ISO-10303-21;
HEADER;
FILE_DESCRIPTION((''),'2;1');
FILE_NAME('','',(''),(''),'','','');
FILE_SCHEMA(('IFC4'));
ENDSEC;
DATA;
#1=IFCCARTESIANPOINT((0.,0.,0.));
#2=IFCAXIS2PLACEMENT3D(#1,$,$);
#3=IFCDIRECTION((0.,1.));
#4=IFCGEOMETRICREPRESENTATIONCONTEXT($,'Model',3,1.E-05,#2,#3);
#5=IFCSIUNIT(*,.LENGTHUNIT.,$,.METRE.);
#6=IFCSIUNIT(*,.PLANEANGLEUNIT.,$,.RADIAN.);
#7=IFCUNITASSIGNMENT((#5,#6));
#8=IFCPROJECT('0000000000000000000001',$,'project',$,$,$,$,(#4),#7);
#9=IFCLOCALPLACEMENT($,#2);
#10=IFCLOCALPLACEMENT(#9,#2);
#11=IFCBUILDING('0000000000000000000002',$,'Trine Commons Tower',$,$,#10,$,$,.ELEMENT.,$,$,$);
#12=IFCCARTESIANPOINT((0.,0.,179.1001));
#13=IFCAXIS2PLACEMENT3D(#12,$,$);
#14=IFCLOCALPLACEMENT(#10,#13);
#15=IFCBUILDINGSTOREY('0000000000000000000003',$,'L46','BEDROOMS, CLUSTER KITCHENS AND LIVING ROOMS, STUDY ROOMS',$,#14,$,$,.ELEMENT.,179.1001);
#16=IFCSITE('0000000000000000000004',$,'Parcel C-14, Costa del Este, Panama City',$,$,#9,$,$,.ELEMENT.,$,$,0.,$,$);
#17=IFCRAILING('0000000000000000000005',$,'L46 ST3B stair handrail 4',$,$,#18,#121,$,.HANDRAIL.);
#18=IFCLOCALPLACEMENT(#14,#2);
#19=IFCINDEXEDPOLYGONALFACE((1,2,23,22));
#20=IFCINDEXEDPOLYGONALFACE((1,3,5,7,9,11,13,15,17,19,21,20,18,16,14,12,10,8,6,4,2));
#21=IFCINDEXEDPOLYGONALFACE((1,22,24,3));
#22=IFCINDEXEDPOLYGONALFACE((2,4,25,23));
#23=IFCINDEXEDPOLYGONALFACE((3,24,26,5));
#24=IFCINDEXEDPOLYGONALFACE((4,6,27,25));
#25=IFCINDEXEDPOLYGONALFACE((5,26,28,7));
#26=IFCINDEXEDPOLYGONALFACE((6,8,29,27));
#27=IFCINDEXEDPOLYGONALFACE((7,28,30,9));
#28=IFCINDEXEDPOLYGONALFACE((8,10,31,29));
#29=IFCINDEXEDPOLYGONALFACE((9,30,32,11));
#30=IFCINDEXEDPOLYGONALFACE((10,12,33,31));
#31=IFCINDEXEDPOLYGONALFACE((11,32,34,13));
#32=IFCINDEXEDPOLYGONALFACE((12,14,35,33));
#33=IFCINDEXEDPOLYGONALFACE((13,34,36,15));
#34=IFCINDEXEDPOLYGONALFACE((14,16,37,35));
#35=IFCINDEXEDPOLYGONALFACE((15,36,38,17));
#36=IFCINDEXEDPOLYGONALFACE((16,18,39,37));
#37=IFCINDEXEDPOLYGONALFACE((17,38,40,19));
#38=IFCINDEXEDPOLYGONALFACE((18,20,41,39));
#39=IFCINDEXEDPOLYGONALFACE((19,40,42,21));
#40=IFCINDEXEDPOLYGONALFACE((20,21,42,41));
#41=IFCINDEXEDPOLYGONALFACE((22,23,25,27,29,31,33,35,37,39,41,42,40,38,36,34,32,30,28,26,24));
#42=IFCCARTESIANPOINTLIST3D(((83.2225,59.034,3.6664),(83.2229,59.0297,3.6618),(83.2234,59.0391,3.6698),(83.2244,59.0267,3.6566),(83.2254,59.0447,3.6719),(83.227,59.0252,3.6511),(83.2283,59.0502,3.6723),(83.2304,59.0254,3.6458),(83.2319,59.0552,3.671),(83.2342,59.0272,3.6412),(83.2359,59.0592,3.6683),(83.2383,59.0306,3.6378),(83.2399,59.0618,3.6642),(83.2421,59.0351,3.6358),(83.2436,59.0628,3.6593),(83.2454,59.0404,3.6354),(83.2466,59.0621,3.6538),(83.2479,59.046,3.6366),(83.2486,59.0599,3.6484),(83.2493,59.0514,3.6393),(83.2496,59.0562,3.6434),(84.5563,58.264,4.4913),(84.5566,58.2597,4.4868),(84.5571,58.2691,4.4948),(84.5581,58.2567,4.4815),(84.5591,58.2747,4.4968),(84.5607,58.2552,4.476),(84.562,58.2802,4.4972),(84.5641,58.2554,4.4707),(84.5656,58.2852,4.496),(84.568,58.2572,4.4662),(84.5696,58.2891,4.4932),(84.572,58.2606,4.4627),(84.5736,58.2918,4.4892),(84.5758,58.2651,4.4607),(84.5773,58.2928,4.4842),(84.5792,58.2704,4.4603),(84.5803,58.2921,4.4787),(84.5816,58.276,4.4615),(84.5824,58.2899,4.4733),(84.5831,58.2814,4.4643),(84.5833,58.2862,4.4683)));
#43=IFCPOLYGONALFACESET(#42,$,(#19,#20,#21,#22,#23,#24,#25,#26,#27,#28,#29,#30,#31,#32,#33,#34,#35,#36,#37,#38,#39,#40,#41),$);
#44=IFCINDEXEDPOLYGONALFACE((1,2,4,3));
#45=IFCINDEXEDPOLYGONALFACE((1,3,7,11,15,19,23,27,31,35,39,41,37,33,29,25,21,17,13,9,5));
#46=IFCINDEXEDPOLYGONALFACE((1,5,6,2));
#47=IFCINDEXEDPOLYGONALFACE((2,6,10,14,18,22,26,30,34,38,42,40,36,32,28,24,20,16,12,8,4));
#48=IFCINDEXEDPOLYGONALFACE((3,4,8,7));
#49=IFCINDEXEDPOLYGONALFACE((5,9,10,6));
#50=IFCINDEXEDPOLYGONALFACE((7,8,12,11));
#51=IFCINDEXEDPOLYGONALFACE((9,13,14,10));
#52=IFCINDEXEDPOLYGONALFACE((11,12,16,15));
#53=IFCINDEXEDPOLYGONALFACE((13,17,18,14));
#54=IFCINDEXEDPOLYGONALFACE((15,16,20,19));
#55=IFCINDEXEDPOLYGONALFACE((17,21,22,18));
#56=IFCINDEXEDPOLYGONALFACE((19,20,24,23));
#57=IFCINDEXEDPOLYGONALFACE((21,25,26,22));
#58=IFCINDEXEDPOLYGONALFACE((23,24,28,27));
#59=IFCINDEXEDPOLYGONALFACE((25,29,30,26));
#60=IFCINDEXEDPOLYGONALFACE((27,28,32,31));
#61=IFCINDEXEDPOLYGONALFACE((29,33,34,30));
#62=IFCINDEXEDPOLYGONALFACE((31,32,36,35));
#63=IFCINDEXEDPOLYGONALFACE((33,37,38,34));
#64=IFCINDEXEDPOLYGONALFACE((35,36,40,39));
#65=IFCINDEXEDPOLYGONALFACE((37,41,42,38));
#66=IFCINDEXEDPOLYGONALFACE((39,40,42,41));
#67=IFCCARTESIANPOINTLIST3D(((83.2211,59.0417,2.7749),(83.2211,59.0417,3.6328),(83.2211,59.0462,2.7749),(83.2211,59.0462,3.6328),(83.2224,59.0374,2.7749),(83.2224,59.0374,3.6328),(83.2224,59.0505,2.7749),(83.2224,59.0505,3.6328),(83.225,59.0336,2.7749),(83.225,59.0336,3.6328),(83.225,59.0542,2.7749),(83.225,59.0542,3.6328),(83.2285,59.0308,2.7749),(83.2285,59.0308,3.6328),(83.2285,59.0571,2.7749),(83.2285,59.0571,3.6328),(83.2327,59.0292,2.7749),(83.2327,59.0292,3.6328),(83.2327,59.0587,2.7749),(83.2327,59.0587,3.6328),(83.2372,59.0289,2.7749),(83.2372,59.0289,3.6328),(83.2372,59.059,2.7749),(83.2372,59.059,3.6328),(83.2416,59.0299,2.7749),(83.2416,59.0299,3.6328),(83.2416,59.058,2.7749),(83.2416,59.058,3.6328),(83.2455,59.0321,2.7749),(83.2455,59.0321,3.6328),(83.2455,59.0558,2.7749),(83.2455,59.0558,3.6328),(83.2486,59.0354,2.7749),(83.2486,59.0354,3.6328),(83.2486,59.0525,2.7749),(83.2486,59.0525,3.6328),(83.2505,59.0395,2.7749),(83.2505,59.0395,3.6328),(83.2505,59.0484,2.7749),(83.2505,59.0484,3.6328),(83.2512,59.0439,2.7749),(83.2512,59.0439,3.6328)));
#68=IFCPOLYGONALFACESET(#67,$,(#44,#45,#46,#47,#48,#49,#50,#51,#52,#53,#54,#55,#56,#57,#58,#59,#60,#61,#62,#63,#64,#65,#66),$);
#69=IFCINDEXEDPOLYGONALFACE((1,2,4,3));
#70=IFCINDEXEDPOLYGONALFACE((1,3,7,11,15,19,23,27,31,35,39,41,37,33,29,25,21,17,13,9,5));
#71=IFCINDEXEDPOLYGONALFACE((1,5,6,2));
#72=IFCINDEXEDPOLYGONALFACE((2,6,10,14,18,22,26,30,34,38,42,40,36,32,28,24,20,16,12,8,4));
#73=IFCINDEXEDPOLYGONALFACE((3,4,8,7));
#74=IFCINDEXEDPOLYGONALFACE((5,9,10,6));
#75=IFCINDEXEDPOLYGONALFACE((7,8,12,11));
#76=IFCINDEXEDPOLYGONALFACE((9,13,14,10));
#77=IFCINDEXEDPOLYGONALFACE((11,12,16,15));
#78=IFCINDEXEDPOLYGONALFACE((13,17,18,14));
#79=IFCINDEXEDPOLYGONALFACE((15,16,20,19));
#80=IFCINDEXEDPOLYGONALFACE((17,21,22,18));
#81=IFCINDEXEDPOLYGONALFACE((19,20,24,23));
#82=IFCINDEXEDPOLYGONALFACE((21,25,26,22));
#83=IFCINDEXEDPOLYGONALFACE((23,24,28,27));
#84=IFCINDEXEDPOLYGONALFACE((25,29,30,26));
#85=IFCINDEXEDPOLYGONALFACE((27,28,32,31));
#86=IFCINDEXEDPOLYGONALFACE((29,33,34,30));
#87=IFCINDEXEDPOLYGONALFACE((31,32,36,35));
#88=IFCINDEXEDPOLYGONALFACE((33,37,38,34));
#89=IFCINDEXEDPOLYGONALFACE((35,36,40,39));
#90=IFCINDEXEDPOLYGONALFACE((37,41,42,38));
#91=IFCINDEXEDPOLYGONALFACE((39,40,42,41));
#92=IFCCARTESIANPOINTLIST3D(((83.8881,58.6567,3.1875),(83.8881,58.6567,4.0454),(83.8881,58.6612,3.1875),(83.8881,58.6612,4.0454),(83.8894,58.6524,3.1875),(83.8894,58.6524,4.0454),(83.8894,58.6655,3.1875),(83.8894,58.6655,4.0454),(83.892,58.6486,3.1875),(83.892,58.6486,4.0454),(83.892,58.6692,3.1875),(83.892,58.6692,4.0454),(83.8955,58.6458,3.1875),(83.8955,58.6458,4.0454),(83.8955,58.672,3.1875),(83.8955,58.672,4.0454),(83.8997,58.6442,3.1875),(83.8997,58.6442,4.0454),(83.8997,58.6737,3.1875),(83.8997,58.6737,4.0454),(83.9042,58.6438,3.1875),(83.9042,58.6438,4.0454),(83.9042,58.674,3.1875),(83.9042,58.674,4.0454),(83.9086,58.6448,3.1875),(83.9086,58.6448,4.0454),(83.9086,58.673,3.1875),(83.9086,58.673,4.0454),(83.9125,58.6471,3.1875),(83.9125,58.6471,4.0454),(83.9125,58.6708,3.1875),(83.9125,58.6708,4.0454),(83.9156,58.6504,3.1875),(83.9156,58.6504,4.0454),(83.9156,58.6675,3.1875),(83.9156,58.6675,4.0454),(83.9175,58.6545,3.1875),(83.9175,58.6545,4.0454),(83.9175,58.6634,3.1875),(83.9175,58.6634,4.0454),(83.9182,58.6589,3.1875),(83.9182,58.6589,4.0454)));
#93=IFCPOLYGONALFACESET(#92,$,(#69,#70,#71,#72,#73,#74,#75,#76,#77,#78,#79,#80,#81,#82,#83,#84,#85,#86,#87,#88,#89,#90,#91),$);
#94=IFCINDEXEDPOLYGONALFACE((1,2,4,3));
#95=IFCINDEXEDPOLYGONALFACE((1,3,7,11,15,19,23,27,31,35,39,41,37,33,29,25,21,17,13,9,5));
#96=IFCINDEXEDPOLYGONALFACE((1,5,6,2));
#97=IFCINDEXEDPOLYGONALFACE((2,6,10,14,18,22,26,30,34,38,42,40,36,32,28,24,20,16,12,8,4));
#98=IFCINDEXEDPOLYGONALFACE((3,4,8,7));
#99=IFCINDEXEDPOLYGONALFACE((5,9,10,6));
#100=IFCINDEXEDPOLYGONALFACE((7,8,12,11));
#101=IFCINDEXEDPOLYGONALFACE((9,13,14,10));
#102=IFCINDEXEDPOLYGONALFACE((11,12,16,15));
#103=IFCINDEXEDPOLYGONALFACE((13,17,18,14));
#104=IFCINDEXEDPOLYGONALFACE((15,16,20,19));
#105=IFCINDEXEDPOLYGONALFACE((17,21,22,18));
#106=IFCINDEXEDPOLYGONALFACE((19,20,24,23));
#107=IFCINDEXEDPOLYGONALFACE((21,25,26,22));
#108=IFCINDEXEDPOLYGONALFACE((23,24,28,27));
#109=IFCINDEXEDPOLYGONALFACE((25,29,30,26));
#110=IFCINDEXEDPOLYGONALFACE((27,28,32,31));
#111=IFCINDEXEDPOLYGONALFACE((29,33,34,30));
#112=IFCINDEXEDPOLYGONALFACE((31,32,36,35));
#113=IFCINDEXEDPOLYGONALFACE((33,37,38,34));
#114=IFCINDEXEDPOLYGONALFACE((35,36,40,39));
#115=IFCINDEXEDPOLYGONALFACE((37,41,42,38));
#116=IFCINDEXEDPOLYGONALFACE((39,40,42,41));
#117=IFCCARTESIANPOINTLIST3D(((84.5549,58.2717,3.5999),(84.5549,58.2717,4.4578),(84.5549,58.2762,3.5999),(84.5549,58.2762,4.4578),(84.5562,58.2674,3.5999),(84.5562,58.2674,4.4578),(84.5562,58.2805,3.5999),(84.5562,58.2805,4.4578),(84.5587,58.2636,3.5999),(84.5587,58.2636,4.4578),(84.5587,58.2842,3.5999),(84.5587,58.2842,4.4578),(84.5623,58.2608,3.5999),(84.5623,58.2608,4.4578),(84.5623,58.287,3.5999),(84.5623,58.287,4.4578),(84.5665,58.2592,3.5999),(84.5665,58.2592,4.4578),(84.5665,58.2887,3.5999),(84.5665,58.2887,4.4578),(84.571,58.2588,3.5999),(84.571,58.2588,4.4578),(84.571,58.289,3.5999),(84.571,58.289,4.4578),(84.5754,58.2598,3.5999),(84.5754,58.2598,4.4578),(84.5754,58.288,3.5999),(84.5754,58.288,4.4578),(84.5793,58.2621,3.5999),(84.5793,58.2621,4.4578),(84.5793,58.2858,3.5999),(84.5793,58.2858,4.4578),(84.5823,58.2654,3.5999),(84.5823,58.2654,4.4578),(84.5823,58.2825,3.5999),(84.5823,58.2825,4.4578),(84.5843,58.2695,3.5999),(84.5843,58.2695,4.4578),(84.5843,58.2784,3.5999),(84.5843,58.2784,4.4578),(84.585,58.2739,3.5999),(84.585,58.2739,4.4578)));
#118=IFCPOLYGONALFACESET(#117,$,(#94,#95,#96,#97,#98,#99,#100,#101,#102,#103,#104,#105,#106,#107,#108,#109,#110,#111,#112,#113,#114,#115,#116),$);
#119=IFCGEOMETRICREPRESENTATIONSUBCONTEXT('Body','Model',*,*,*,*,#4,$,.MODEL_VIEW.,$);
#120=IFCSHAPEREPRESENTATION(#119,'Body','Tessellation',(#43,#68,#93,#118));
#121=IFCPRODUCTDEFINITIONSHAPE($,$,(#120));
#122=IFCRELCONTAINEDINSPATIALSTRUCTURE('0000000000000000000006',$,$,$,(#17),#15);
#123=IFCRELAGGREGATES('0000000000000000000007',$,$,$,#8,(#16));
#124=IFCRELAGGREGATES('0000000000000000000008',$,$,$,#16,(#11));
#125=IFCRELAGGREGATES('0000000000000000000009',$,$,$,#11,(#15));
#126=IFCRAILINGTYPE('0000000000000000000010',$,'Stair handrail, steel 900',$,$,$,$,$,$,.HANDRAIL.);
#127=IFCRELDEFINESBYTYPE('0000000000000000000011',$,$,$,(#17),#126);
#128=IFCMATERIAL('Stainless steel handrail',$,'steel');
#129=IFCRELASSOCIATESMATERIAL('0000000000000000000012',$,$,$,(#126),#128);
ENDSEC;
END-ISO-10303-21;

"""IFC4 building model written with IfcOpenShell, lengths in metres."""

from ifc_helpers import new_model, si_unit, direction, frame, origin, origin_2d, place, context, subcontext, project, spatial, circle, extrude, material, type_object, element, save


model = new_model("IFC4")

# Units and contexts
model_context = context("Model", 3, precision=1e-05, world=origin(), true_north=direction((0.0, 1.0)))
body_context = subcontext(model_context, "Body", "Model", "MODEL_VIEW")
ifc_project = project(units=[si_unit("LENGTHUNIT", "METRE"), si_unit("PLANEANGLEUNIT", "RADIAN")], contexts=[model_context])

# Site, building, storey
site_placement = place(None, origin())
site = spatial("IfcSite", under=ifc_project, at=site_placement, Name="Parcel C-14, Costa del Este, Panama City", CompositionType="ELEMENT", RefElevation=0.0)
building_placement = place(site_placement, origin())
building = spatial("IfcBuilding", under=site, at=building_placement, Name="Trine Commons Tower", CompositionType="ELEMENT")
storey_placement = place(building_placement, frame((0.0, 0.0, 179.1001)))
storey = spatial("IfcBuildingStorey", under=building, at=storey_placement, Name="L46", Description="BEDROOMS, CLUSTER KITCHENS AND LIVING ROOMS, STUDY ROOMS", CompositionType="ELEMENT", Elevation=179.1001)

# Railing
ifc_material_1 = material(Name="Stainless steel handrail", Category="steel")
railing_type_1 = type_object("IfcRailingType", Name="Stair handrail, steel 900", PredefinedType="HANDRAIL", material=ifc_material_1)
for number, where, name in (
    (1, (83.2361, 59.0439, 2.7749), "L46 ST3B stair handrail 4"),
):
    element("IfcRailing", number, at=place(storey_placement, frame(where)), inside=storey, type_object=railing_type_1, Name=name, PredefinedType="HANDRAIL", context=body_context, shape_type="SweptSolid", body=[
        extrude(circle(Radius=0.021, at=origin_2d()), frame((0.0, 0.0, 0.8789), z_axis=(0.763405, -0.440743, 0.472185), x_axis=(0.499992, 0.86603, 0.0)), (0.0, 0.0, 1.0), 1.7471),
        extrude(circle(Radius=0.0151, at=origin_2d()), origin(), (0.0, 0.0, 1.0), 0.8579),
        extrude(circle(Radius=0.0151, at=origin_2d()), frame((0.667, -0.385, 0.4126)), (0.0, 0.0, 1.0), 0.8579),
        extrude(circle(Radius=0.0151, at=origin_2d()), frame((1.3337, -0.77, 0.825)), (0.0, 0.0, 1.0), 0.8579),
    ])

save(model, "model.ifc")
